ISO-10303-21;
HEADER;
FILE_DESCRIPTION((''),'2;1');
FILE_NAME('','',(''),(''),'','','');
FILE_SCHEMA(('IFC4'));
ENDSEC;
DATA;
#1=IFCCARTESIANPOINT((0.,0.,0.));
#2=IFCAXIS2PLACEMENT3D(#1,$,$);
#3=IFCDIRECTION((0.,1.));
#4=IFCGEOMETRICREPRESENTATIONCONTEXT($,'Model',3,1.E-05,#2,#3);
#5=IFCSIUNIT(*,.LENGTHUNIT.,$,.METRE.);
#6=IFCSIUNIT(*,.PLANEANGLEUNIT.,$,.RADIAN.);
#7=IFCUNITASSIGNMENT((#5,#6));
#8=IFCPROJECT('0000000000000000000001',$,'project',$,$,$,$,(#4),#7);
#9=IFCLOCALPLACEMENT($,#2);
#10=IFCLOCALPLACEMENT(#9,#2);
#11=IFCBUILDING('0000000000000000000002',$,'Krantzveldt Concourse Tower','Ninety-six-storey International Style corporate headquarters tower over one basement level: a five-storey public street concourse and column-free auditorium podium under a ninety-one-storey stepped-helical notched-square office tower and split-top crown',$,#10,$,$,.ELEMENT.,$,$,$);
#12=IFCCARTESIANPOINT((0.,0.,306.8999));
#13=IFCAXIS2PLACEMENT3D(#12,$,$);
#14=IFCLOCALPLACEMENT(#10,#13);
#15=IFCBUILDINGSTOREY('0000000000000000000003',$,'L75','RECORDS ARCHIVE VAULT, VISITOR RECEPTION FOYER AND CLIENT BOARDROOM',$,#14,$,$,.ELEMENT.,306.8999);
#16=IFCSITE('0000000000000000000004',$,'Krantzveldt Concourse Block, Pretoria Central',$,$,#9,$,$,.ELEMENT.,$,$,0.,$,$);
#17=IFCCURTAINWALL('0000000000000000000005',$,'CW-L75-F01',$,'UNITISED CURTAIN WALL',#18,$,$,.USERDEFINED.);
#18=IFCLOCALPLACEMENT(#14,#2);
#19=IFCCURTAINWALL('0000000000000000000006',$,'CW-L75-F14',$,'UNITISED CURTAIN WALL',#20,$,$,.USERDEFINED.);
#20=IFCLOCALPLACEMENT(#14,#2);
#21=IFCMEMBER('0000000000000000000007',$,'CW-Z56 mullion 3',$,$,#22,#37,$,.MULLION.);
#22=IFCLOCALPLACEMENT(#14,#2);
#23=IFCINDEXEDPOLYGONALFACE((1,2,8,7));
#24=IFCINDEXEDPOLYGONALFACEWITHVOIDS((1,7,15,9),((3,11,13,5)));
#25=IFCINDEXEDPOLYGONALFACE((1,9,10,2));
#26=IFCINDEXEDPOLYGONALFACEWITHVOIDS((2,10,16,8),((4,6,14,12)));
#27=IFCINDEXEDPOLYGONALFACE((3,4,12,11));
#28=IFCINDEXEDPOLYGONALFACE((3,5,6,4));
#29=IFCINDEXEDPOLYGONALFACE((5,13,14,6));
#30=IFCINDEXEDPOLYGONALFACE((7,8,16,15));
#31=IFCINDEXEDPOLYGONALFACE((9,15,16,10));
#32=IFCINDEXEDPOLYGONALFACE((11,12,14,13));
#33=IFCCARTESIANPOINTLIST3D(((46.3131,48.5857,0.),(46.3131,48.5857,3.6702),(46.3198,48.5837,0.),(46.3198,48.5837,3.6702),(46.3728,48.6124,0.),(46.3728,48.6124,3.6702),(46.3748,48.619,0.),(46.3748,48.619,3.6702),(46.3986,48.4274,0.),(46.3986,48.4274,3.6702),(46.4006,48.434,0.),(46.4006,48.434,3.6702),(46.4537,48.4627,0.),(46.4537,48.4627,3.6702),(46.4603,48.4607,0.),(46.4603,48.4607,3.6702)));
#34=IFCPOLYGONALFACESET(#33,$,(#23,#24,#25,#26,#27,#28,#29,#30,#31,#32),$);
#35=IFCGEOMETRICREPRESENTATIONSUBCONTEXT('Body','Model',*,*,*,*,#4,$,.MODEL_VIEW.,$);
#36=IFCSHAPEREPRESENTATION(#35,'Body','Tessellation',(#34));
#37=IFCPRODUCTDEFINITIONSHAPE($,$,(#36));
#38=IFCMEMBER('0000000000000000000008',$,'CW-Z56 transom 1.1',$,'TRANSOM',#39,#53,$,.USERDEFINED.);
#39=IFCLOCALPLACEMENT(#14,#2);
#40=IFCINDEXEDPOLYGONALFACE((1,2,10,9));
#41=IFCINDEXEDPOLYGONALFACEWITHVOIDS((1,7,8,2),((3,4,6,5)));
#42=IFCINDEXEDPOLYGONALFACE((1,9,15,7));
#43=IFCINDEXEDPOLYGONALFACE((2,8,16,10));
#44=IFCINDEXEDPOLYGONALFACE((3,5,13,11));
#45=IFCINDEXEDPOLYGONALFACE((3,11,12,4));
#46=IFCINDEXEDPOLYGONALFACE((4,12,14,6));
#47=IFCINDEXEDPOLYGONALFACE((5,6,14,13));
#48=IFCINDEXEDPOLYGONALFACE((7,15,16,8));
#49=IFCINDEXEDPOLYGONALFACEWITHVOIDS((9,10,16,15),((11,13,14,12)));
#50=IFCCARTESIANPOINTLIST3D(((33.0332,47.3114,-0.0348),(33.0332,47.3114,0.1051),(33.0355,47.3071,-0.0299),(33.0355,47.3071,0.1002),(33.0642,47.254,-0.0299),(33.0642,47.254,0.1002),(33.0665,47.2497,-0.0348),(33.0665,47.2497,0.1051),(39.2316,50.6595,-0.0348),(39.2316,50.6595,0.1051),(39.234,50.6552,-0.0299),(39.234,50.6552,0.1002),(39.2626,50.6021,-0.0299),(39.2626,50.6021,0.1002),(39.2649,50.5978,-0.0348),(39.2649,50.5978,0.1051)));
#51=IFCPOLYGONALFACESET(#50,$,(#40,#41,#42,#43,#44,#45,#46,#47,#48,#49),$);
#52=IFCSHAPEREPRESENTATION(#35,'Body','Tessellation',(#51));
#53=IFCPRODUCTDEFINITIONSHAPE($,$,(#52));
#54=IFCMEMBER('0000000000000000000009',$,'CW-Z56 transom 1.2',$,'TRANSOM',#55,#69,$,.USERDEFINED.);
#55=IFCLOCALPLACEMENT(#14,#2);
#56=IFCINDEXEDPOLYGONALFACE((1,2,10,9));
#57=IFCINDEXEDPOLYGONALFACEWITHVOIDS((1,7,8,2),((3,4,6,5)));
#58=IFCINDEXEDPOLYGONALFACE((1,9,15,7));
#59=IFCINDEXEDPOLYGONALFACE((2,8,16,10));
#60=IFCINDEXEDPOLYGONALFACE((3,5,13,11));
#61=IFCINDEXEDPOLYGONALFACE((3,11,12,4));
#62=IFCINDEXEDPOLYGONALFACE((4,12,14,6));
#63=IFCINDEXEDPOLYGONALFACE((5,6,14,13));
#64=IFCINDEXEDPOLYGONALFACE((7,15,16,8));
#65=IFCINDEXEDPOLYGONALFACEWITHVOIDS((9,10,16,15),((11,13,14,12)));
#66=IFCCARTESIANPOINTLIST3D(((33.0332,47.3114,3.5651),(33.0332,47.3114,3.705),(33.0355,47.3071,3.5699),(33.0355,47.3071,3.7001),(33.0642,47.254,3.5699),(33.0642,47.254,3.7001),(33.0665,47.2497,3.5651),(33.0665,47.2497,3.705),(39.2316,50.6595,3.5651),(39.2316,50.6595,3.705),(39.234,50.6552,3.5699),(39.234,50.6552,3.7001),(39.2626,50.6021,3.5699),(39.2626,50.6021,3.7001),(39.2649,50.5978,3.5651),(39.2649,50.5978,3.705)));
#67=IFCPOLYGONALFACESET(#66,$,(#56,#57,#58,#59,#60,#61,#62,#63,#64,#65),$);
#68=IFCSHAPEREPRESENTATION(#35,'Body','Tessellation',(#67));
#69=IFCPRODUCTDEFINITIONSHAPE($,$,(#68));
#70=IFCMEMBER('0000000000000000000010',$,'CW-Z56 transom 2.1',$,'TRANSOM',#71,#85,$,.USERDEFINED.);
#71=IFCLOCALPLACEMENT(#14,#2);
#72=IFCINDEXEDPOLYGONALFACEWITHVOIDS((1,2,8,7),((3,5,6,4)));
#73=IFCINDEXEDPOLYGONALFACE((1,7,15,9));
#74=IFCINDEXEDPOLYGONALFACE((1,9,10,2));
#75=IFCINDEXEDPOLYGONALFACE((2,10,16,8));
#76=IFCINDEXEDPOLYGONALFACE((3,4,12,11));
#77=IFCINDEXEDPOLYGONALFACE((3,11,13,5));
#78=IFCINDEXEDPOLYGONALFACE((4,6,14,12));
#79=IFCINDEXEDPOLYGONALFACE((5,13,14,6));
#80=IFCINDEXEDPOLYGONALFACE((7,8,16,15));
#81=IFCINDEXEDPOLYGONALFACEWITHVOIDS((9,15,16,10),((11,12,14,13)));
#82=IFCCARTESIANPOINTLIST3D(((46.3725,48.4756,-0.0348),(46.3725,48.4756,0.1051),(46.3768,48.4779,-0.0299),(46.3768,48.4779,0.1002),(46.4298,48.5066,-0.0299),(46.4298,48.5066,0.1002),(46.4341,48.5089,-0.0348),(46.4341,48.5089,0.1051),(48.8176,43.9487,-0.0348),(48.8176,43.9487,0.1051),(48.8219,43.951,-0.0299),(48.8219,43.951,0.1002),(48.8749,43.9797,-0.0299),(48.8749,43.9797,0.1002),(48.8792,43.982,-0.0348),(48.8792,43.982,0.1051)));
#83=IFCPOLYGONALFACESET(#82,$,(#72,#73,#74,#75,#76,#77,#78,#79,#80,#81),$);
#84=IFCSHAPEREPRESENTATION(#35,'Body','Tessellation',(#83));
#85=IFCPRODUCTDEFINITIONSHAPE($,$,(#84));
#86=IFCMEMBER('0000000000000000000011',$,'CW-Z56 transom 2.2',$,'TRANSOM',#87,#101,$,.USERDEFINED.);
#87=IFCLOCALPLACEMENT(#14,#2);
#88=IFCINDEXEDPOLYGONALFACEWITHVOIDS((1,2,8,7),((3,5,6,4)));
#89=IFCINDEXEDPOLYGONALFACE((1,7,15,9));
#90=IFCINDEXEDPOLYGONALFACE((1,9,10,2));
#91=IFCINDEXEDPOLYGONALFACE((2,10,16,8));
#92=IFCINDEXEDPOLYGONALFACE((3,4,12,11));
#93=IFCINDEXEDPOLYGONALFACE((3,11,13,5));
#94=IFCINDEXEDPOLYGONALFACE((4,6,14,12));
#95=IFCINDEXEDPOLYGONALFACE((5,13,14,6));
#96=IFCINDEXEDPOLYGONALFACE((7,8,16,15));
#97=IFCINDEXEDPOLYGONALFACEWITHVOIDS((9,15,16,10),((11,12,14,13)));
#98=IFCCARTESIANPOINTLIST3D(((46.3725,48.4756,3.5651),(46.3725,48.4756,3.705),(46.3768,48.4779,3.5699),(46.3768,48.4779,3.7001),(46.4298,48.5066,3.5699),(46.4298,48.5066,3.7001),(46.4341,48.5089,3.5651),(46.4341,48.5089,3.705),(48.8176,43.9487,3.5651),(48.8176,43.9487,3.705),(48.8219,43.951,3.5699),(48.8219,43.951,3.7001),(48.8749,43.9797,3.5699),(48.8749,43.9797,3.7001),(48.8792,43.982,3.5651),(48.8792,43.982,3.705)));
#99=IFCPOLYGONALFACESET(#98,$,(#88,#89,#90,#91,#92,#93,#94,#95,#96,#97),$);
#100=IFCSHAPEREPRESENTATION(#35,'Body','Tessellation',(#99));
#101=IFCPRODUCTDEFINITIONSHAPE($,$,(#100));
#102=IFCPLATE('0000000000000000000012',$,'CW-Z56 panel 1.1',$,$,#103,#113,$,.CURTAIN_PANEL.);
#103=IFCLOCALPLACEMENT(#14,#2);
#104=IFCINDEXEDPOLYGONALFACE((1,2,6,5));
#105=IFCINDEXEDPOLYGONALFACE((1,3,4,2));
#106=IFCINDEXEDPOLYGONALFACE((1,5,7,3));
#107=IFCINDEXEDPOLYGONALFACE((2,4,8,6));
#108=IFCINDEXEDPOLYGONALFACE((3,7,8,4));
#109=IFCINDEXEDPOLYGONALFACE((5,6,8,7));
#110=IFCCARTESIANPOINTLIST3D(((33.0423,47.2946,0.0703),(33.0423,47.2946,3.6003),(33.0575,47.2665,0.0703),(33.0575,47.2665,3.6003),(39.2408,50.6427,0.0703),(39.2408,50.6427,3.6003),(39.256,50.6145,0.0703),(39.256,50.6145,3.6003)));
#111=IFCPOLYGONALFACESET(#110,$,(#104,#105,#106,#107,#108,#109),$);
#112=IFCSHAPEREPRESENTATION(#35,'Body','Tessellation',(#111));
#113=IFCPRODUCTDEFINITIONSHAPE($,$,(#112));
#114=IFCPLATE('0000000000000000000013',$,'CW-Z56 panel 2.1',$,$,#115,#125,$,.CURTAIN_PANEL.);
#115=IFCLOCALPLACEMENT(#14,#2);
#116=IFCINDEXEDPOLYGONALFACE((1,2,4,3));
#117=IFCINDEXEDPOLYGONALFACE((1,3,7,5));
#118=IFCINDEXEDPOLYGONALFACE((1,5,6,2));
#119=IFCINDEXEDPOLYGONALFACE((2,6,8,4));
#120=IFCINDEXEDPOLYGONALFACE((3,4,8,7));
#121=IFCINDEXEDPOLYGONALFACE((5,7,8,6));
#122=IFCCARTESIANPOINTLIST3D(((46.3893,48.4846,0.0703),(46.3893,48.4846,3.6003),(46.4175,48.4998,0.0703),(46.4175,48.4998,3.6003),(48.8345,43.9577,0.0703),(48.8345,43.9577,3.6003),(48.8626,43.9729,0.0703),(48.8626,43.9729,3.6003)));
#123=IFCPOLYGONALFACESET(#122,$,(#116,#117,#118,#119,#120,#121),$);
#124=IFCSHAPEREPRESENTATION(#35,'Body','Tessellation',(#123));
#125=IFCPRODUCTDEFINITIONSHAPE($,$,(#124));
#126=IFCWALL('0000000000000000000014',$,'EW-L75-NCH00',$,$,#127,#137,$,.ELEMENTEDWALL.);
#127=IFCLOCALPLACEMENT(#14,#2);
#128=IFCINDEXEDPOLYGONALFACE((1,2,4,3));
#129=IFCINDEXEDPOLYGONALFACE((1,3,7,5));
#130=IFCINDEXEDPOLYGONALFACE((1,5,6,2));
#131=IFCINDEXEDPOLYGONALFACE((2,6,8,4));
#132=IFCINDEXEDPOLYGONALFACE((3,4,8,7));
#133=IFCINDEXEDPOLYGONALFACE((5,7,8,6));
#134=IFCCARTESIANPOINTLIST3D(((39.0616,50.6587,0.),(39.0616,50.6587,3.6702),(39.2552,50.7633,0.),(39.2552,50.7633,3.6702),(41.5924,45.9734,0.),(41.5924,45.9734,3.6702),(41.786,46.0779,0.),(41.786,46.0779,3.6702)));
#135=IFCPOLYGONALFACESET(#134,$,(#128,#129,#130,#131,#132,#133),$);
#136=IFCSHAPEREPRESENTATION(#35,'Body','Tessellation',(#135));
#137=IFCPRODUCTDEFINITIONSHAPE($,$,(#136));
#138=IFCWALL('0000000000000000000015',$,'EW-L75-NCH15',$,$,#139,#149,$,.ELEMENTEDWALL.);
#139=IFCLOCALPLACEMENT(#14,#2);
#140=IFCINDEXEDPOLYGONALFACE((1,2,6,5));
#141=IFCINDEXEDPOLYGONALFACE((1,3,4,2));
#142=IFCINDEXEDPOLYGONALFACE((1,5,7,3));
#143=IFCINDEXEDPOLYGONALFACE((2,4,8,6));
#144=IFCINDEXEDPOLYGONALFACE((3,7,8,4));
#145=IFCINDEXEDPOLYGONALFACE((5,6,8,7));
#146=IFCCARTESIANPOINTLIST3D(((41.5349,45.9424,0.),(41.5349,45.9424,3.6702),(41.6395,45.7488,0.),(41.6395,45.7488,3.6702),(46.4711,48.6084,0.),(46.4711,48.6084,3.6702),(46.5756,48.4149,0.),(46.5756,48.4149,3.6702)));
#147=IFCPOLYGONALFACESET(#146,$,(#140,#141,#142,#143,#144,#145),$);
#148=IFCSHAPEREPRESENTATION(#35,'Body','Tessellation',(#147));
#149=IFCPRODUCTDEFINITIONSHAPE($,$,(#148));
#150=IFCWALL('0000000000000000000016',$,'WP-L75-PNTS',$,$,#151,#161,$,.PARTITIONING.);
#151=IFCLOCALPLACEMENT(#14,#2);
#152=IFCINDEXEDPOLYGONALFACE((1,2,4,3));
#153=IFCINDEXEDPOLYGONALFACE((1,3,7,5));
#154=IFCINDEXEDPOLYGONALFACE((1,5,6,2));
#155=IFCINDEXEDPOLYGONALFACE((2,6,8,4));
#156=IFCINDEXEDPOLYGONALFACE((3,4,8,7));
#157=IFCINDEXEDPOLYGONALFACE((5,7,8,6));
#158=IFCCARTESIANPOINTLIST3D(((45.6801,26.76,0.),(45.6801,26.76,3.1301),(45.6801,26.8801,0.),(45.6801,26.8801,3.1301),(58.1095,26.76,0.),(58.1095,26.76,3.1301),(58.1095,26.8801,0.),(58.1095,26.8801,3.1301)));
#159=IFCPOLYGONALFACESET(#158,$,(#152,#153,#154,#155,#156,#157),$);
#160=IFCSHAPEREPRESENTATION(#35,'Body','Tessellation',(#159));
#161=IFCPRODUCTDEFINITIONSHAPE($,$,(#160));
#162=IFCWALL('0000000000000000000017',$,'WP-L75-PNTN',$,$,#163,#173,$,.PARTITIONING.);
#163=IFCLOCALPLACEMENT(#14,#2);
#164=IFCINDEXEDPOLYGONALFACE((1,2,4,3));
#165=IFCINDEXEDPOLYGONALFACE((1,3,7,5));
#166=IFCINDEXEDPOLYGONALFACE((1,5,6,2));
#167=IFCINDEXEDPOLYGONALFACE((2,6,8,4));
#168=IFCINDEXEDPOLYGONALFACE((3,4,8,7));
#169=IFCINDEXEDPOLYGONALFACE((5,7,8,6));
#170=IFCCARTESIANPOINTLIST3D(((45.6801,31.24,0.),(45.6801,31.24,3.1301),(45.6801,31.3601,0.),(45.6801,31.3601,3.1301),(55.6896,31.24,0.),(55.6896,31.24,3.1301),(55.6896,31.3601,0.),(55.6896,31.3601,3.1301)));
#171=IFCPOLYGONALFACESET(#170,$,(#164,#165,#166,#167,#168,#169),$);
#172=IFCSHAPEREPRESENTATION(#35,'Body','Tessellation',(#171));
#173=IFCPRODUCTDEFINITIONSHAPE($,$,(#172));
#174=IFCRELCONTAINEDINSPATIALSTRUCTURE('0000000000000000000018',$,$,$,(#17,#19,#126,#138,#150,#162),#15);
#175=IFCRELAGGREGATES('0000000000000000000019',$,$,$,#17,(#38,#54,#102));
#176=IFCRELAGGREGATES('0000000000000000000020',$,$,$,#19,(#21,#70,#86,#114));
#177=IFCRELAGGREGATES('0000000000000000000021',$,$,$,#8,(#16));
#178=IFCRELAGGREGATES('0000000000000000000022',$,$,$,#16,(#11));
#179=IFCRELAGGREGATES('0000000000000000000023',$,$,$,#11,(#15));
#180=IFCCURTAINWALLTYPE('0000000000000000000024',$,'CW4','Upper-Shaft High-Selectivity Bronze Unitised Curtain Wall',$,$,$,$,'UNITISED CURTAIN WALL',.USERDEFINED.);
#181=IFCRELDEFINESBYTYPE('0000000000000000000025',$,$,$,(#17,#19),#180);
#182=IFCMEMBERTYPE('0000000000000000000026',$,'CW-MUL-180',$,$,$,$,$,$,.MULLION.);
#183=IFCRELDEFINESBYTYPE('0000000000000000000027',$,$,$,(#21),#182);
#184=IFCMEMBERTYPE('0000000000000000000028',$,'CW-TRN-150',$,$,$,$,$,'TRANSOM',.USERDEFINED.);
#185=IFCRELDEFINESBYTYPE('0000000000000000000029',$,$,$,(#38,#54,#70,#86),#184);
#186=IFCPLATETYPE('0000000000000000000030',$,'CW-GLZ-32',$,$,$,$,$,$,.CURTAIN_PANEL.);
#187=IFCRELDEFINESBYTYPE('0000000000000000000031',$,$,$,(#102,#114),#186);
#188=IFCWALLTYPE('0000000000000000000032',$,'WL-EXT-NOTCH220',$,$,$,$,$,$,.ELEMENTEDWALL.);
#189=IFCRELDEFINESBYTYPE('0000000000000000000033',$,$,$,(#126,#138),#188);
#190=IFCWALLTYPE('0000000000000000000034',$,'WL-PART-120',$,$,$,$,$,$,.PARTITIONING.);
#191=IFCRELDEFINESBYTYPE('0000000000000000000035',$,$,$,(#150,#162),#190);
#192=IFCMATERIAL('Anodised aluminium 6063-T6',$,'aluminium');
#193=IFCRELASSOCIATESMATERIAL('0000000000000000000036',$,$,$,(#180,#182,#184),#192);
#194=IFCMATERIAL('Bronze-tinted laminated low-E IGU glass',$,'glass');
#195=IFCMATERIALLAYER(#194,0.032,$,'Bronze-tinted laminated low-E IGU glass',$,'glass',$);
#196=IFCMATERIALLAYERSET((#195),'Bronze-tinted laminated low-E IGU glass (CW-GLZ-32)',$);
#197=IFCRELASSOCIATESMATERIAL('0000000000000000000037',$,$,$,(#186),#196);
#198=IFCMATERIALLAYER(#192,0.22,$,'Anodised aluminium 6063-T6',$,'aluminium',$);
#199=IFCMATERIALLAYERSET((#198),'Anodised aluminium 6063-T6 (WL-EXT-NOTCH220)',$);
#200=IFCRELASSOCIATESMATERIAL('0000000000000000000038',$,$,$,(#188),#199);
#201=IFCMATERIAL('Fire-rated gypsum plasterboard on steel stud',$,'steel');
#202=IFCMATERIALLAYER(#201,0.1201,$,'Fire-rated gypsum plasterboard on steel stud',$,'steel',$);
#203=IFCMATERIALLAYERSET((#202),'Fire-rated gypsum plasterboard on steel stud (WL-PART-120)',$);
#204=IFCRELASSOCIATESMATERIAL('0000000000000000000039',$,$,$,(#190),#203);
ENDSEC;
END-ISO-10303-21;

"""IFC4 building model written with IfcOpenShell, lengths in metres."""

from ifc_helpers import new_model, si_unit, direction, frame, frame_2d, origin, origin_2d, place, context, subcontext, project, spatial, rectangle, hollow_rectangle, extrude, source, transform, mapped, material, layer, layer_set, material_profile, profile_set, type_object, type_shapes, element, aggregate, save


model = new_model("IFC4")

# Units and contexts
model_context = context("Model", 3, precision=1e-05, world=origin(), true_north=direction((0.0, 1.0)))
body_context = subcontext(model_context, "Body", "Model", "MODEL_VIEW")
ifc_project = project(units=[si_unit("LENGTHUNIT", "METRE"), si_unit("PLANEANGLEUNIT", "RADIAN")], contexts=[model_context])

# Site, building, storey
site_placement = place(None, origin())
site = spatial("IfcSite", under=ifc_project, at=site_placement, Name="Krantzveldt Concourse Block, Pretoria Central", CompositionType="ELEMENT", RefElevation=0.0)
building_placement = place(site_placement, origin())
building = spatial("IfcBuilding", under=site, at=building_placement, Name="Krantzveldt Concourse Tower", Description="Ninety-six-storey International Style corporate headquarters tower over one basement level: a five-storey public street concourse and column-free auditorium podium under a ninety-one-storey stepped-helical notched-square office tower and split-top crown", CompositionType="ELEMENT")
storey_placement = place(building_placement, frame((0.0, 0.0, 306.8999)))
storey = spatial("IfcBuildingStorey", under=building, at=storey_placement, Name="L75", Description="RECORDS ARCHIVE VAULT, VISITOR RECEPTION FOYER AND CLIENT BOARDROOM", CompositionType="ELEMENT", Elevation=306.8999)

# Curtain wall
ifc_material_1 = material(Name="Anodised aluminium 6063-T6", Category="aluminium")
curtain_wall_type = type_object("IfcCurtainWallType", Name="CW4", Description="Upper-Shaft High-Selectivity Bronze Unitised Curtain Wall", ElementType="UNITISED CURTAIN WALL", PredefinedType="USERDEFINED", material=ifc_material_1)
curtain_wall_1_placement = place(storey_placement, origin())
curtain_wall_1 = element("IfcCurtainWall", 1, at=curtain_wall_1_placement, inside=storey, type_object=curtain_wall_type, Name="CW-L75-F01", ObjectType="UNITISED CURTAIN WALL", PredefinedType="USERDEFINED")
ifc_material_profile_1 = material_profile(ifc_material_1, hollow_rectangle(XDim=0.0701, YDim=0.1799, WallThickness=0.0049, at=origin_2d()), Name="Anodised aluminium 6063-T6", Category="aluminium")
ifc_profile_set_1 = profile_set([ifc_material_profile_1], Name="Anodised aluminium 6063-T6 - ALU-MULL 180x70x5")
member_type_1 = type_object("IfcMemberType", Name="CW-MUL-180", PredefinedType="MULLION", material=ifc_profile_set_1)
shared_shape_1 = source(origin(), body_context, "Body", "SweptSolid", [
    extrude(hollow_rectangle(XDim=0.0701, YDim=0.1799, WallThickness=0.0049, at=origin_2d()), origin(), (0.0, 0.0, 1.0), 3.6702),
])
type_shapes(member_type_1, [shared_shape_1])

# Curtain wall, member
curtain_wall_2_placement = place(storey_placement, origin())
curtain_wall_2 = element("IfcCurtainWall", 2, at=curtain_wall_2_placement, inside=storey, type_object=curtain_wall_type, Name="CW-L75-F14", ObjectType="UNITISED CURTAIN WALL", PredefinedType="USERDEFINED")
member_1_placement = place(storey_placement, frame((46.3867, 48.5232, 0.0), z_axis=(0.0, 0.0, 1.0), x_axis=(-0.879856, -0.47524, 0.0)))
member_1 = element("IfcMember", 3, at=member_1_placement, type_object=member_type_1, Name="CW-Z56 mullion 3", PredefinedType="MULLION", context=body_context, shape_type="MappedRepresentation", body=[
    mapped(shared_shape_1, transform((0.0, 0.0, 0.0), x_axis=(1.0, 0.0, 0.0), y_axis=(0.0, 1.0, 0.0), z_axis=(0.0, 0.0, 1.0), scale=1.0)),
])

# Members
ifc_material_profile_2 = material_profile(ifc_material_1, hollow_rectangle(XDim=0.0701, YDim=0.1399, WallThickness=0.0049, at=origin_2d()), Name="Anodised aluminium 6063-T6", Category="aluminium")
ifc_profile_set_2 = profile_set([ifc_material_profile_2], Name="Anodised aluminium 6063-T6 - ALU-TRAN 140x70x5")
member_type_2 = type_object("IfcMemberType", Name="CW-TRN-150", ElementType="TRANSOM", PredefinedType="USERDEFINED", material=ifc_profile_set_2)
shared_shape_2 = source(origin(), body_context, "Body", "SweptSolid", [
    extrude(hollow_rectangle(XDim=0.0701, YDim=0.1399, WallThickness=0.0049, at=origin_2d()), origin(), (0.0, 0.0, 1.0), 7.0449),
])
member_2_placement = place(storey_placement, frame((39.2483, 50.6287, 0.0352), z_axis=(-0.879848, -0.475255, 0.0), x_axis=(0.475255, -0.879848, 0.0)))
member_2 = element("IfcMember", 4, at=member_2_placement, type_object=member_type_2, Name="CW-Z56 transom 1.1", ObjectType="TRANSOM", PredefinedType="USERDEFINED", context=body_context, shape_type="MappedRepresentation", body=[
    mapped(shared_shape_2, transform((0.0, 0.0, 0.0), x_axis=(1.0, 0.0, 0.0), y_axis=(0.0, 1.0, 0.0), z_axis=(0.0, 0.0, 1.0), scale=1.0)),
])
member_3_placement = place(storey_placement, frame((39.2483, 50.6287, 3.635), z_axis=(-0.879848, -0.475255, 0.0), x_axis=(0.475255, -0.879848, 0.0)))
member_3 = element("IfcMember", 5, at=member_3_placement, type_object=member_type_2, Name="CW-Z56 transom 1.2", ObjectType="TRANSOM", PredefinedType="USERDEFINED", context=body_context, shape_type="MappedRepresentation", body=[
    mapped(shared_shape_2, transform((0.0, 0.0, 0.0), x_axis=(1.0, 0.0, 0.0), y_axis=(0.0, 1.0, 0.0), z_axis=(0.0, 0.0, 1.0), scale=1.0)),
])
shared_shape_3 = source(origin(), body_context, "Body", "SweptSolid", [
    extrude(hollow_rectangle(XDim=0.0701, YDim=0.1399, WallThickness=0.0049, at=origin_2d()), origin(), (0.0, 0.0, 1.0), 5.145),
])
type_shapes(member_type_2, [shared_shape_2, shared_shape_3])
member_4_placement = place(storey_placement, frame((48.8484, 43.9653, 0.0352), z_axis=(-0.475234, 0.879859, 0.0), x_axis=(-0.879859, -0.475234, 0.0)))
member_4 = element("IfcMember", 6, at=member_4_placement, type_object=member_type_2, Name="CW-Z56 transom 2.1", ObjectType="TRANSOM", PredefinedType="USERDEFINED", context=body_context, shape_type="MappedRepresentation", body=[
    mapped(shared_shape_3, transform((0.0, 0.0, 0.0), x_axis=(1.0, 0.0, 0.0), y_axis=(0.0, 1.0, 0.0), z_axis=(0.0, 0.0, 1.0), scale=1.0)),
])
member_5_placement = place(storey_placement, frame((48.8484, 43.9653, 3.635), z_axis=(-0.475234, 0.879859, 0.0), x_axis=(-0.879859, -0.475234, 0.0)))
member_5 = element("IfcMember", 7, at=member_5_placement, type_object=member_type_2, Name="CW-Z56 transom 2.2", ObjectType="TRANSOM", PredefinedType="USERDEFINED", context=body_context, shape_type="MappedRepresentation", body=[
    mapped(shared_shape_3, transform((0.0, 0.0, 0.0), x_axis=(1.0, 0.0, 0.0), y_axis=(0.0, 1.0, 0.0), z_axis=(0.0, 0.0, 1.0), scale=1.0)),
])

# Plates
ifc_material_2 = material(Name="Bronze-tinted laminated low-E IGU glass", Category="glass")
ifc_layer_1 = layer(ifc_material_2, 0.032, Name="Bronze-tinted laminated low-E IGU glass", Category="glass")
ifc_layer_set_1 = layer_set([ifc_layer_1], Name="Bronze-tinted laminated low-E IGU glass (CW-GLZ-32)")
plate_type = type_object("IfcPlateType", Name="CW-GLZ-32", PredefinedType="CURTAIN_PANEL", material=ifc_layer_set_1)
shared_shape_4 = source(origin(), body_context, "Body", "SweptSolid", [
    extrude(rectangle(XDim=7.0449, YDim=0.032, at=origin_2d()), origin(), (0.0, 0.0, 1.0), 3.53),
])
plate_1_placement = place(storey_placement, frame((36.1492, 48.9546, 0.0703), z_axis=(0.0, 0.0, 1.0), x_axis=(-0.879856, -0.47524, 0.0)))
plate_1 = element("IfcPlate", 8, at=plate_1_placement, type_object=plate_type, Name="CW-Z56 panel 1.1", PredefinedType="CURTAIN_PANEL", context=body_context, shape_type="MappedRepresentation", body=[
    mapped(shared_shape_4, transform((0.0, 0.0, 0.0), x_axis=(1.0, 0.0, 0.0), y_axis=(0.0, 1.0, 0.0), z_axis=(0.0, 0.0, 1.0), scale=1.0)),
])
aggregate(curtain_wall_1, [member_2, member_3, plate_1])
shared_shape_5 = source(origin(), body_context, "Body", "SweptSolid", [
    extrude(rectangle(XDim=5.145, YDim=0.032, at=origin_2d()), origin(), (0.0, 0.0, 1.0), 3.53),
])
type_shapes(plate_type, [shared_shape_4, shared_shape_5])
plate_2_placement = place(storey_placement, frame((47.626, 46.2288, 0.0703), z_axis=(0.0, 0.0, 1.0), x_axis=(-0.47524, 0.879856, 0.0)))
plate_2 = element("IfcPlate", 9, at=plate_2_placement, type_object=plate_type, Name="CW-Z56 panel 2.1", PredefinedType="CURTAIN_PANEL", context=body_context, shape_type="MappedRepresentation", body=[
    mapped(shared_shape_5, transform((0.0, 0.0, 0.0), x_axis=(1.0, 0.0, 0.0), y_axis=(0.0, 1.0, 0.0), z_axis=(0.0, 0.0, 1.0), scale=1.0)),
])
aggregate(curtain_wall_2, [member_1, member_4, member_5, plate_2])

# Walls
ifc_layer_2 = layer(ifc_material_1, 0.22, Name="Anodised aluminium 6063-T6", Category="aluminium")
ifc_layer_set_2 = layer_set([ifc_layer_2], Name="Anodised aluminium 6063-T6 (WL-EXT-NOTCH220)")
wall_type_1 = type_object("IfcWallType", Name="WL-EXT-NOTCH220", PredefinedType="ELEMENTEDWALL", material=ifc_layer_set_2)
wall_1_placement = place(storey_placement, frame((41.6892, 46.0256, 0.0), z_axis=(0.0, 0.0, 1.0), x_axis=(-0.47525, 0.879851, 0.0)))
element("IfcWall", 10, at=wall_1_placement, inside=storey, type_object=wall_type_1, Name="EW-L75-NCH00", PredefinedType="ELEMENTEDWALL", context=body_context, shape_type="SweptSolid", body=[
    extrude(rectangle(XDim=5.3252, YDim=0.22, at=frame_2d((2.6626, 0.0))), origin(), (0.0, 0.0, 1.0), 3.6702),
])
wall_2_placement = place(storey_placement, frame((46.5234, 48.5117, 0.0), z_axis=(0.0, 0.0, 1.0), x_axis=(-0.879864, -0.475226, 0.0)))
element("IfcWall", 11, at=wall_2_placement, inside=storey, type_object=wall_type_1, Name="EW-L75-NCH15", PredefinedType="ELEMENTEDWALL", context=body_context, shape_type="SweptSolid", body=[
    extrude(rectangle(XDim=5.6101, YDim=0.22, at=frame_2d((2.8052, 0.0))), origin(), (0.0, 0.0, 1.0), 3.6702),
])
ifc_material_3 = material(Name="Fire-rated gypsum plasterboard on steel stud", Category="steel")
ifc_layer_3 = layer(ifc_material_3, 0.1201, Name="Fire-rated gypsum plasterboard on steel stud", Category="steel")
ifc_layer_set_3 = layer_set([ifc_layer_3], Name="Fire-rated gypsum plasterboard on steel stud (WL-PART-120)")
wall_type_2 = type_object("IfcWallType", Name="WL-PART-120", PredefinedType="PARTITIONING", material=ifc_layer_set_3)
wall_3_placement = place(storey_placement, frame((45.6799, 26.8201, 0.0), z_axis=(0.0, 0.0, 1.0), x_axis=(1.0, 0.0, 0.0)))
element("IfcWall", 12, at=wall_3_placement, inside=storey, type_object=wall_type_2, Name="WP-L75-PNTS", PredefinedType="PARTITIONING", context=body_context, shape_type="SweptSolid", body=[
    extrude(rectangle(XDim=12.4294, YDim=0.1201, at=frame_2d((6.2148, 0.0))), origin(), (0.0, 0.0, 1.0), 3.1301),
])
wall_4_placement = place(storey_placement, frame((45.6799, 31.3, 0.0), z_axis=(0.0, 0.0, 1.0), x_axis=(1.0, 0.0, 0.0)))
element("IfcWall", 13, at=wall_4_placement, inside=storey, type_object=wall_type_2, Name="WP-L75-PNTN", PredefinedType="PARTITIONING", context=body_context, shape_type="SweptSolid", body=[
    extrude(rectangle(XDim=10.0095, YDim=0.1201, at=frame_2d((5.0049, 0.0))), origin(), (0.0, 0.0, 1.0), 3.1301),
])

save(model, "model.ifc")
